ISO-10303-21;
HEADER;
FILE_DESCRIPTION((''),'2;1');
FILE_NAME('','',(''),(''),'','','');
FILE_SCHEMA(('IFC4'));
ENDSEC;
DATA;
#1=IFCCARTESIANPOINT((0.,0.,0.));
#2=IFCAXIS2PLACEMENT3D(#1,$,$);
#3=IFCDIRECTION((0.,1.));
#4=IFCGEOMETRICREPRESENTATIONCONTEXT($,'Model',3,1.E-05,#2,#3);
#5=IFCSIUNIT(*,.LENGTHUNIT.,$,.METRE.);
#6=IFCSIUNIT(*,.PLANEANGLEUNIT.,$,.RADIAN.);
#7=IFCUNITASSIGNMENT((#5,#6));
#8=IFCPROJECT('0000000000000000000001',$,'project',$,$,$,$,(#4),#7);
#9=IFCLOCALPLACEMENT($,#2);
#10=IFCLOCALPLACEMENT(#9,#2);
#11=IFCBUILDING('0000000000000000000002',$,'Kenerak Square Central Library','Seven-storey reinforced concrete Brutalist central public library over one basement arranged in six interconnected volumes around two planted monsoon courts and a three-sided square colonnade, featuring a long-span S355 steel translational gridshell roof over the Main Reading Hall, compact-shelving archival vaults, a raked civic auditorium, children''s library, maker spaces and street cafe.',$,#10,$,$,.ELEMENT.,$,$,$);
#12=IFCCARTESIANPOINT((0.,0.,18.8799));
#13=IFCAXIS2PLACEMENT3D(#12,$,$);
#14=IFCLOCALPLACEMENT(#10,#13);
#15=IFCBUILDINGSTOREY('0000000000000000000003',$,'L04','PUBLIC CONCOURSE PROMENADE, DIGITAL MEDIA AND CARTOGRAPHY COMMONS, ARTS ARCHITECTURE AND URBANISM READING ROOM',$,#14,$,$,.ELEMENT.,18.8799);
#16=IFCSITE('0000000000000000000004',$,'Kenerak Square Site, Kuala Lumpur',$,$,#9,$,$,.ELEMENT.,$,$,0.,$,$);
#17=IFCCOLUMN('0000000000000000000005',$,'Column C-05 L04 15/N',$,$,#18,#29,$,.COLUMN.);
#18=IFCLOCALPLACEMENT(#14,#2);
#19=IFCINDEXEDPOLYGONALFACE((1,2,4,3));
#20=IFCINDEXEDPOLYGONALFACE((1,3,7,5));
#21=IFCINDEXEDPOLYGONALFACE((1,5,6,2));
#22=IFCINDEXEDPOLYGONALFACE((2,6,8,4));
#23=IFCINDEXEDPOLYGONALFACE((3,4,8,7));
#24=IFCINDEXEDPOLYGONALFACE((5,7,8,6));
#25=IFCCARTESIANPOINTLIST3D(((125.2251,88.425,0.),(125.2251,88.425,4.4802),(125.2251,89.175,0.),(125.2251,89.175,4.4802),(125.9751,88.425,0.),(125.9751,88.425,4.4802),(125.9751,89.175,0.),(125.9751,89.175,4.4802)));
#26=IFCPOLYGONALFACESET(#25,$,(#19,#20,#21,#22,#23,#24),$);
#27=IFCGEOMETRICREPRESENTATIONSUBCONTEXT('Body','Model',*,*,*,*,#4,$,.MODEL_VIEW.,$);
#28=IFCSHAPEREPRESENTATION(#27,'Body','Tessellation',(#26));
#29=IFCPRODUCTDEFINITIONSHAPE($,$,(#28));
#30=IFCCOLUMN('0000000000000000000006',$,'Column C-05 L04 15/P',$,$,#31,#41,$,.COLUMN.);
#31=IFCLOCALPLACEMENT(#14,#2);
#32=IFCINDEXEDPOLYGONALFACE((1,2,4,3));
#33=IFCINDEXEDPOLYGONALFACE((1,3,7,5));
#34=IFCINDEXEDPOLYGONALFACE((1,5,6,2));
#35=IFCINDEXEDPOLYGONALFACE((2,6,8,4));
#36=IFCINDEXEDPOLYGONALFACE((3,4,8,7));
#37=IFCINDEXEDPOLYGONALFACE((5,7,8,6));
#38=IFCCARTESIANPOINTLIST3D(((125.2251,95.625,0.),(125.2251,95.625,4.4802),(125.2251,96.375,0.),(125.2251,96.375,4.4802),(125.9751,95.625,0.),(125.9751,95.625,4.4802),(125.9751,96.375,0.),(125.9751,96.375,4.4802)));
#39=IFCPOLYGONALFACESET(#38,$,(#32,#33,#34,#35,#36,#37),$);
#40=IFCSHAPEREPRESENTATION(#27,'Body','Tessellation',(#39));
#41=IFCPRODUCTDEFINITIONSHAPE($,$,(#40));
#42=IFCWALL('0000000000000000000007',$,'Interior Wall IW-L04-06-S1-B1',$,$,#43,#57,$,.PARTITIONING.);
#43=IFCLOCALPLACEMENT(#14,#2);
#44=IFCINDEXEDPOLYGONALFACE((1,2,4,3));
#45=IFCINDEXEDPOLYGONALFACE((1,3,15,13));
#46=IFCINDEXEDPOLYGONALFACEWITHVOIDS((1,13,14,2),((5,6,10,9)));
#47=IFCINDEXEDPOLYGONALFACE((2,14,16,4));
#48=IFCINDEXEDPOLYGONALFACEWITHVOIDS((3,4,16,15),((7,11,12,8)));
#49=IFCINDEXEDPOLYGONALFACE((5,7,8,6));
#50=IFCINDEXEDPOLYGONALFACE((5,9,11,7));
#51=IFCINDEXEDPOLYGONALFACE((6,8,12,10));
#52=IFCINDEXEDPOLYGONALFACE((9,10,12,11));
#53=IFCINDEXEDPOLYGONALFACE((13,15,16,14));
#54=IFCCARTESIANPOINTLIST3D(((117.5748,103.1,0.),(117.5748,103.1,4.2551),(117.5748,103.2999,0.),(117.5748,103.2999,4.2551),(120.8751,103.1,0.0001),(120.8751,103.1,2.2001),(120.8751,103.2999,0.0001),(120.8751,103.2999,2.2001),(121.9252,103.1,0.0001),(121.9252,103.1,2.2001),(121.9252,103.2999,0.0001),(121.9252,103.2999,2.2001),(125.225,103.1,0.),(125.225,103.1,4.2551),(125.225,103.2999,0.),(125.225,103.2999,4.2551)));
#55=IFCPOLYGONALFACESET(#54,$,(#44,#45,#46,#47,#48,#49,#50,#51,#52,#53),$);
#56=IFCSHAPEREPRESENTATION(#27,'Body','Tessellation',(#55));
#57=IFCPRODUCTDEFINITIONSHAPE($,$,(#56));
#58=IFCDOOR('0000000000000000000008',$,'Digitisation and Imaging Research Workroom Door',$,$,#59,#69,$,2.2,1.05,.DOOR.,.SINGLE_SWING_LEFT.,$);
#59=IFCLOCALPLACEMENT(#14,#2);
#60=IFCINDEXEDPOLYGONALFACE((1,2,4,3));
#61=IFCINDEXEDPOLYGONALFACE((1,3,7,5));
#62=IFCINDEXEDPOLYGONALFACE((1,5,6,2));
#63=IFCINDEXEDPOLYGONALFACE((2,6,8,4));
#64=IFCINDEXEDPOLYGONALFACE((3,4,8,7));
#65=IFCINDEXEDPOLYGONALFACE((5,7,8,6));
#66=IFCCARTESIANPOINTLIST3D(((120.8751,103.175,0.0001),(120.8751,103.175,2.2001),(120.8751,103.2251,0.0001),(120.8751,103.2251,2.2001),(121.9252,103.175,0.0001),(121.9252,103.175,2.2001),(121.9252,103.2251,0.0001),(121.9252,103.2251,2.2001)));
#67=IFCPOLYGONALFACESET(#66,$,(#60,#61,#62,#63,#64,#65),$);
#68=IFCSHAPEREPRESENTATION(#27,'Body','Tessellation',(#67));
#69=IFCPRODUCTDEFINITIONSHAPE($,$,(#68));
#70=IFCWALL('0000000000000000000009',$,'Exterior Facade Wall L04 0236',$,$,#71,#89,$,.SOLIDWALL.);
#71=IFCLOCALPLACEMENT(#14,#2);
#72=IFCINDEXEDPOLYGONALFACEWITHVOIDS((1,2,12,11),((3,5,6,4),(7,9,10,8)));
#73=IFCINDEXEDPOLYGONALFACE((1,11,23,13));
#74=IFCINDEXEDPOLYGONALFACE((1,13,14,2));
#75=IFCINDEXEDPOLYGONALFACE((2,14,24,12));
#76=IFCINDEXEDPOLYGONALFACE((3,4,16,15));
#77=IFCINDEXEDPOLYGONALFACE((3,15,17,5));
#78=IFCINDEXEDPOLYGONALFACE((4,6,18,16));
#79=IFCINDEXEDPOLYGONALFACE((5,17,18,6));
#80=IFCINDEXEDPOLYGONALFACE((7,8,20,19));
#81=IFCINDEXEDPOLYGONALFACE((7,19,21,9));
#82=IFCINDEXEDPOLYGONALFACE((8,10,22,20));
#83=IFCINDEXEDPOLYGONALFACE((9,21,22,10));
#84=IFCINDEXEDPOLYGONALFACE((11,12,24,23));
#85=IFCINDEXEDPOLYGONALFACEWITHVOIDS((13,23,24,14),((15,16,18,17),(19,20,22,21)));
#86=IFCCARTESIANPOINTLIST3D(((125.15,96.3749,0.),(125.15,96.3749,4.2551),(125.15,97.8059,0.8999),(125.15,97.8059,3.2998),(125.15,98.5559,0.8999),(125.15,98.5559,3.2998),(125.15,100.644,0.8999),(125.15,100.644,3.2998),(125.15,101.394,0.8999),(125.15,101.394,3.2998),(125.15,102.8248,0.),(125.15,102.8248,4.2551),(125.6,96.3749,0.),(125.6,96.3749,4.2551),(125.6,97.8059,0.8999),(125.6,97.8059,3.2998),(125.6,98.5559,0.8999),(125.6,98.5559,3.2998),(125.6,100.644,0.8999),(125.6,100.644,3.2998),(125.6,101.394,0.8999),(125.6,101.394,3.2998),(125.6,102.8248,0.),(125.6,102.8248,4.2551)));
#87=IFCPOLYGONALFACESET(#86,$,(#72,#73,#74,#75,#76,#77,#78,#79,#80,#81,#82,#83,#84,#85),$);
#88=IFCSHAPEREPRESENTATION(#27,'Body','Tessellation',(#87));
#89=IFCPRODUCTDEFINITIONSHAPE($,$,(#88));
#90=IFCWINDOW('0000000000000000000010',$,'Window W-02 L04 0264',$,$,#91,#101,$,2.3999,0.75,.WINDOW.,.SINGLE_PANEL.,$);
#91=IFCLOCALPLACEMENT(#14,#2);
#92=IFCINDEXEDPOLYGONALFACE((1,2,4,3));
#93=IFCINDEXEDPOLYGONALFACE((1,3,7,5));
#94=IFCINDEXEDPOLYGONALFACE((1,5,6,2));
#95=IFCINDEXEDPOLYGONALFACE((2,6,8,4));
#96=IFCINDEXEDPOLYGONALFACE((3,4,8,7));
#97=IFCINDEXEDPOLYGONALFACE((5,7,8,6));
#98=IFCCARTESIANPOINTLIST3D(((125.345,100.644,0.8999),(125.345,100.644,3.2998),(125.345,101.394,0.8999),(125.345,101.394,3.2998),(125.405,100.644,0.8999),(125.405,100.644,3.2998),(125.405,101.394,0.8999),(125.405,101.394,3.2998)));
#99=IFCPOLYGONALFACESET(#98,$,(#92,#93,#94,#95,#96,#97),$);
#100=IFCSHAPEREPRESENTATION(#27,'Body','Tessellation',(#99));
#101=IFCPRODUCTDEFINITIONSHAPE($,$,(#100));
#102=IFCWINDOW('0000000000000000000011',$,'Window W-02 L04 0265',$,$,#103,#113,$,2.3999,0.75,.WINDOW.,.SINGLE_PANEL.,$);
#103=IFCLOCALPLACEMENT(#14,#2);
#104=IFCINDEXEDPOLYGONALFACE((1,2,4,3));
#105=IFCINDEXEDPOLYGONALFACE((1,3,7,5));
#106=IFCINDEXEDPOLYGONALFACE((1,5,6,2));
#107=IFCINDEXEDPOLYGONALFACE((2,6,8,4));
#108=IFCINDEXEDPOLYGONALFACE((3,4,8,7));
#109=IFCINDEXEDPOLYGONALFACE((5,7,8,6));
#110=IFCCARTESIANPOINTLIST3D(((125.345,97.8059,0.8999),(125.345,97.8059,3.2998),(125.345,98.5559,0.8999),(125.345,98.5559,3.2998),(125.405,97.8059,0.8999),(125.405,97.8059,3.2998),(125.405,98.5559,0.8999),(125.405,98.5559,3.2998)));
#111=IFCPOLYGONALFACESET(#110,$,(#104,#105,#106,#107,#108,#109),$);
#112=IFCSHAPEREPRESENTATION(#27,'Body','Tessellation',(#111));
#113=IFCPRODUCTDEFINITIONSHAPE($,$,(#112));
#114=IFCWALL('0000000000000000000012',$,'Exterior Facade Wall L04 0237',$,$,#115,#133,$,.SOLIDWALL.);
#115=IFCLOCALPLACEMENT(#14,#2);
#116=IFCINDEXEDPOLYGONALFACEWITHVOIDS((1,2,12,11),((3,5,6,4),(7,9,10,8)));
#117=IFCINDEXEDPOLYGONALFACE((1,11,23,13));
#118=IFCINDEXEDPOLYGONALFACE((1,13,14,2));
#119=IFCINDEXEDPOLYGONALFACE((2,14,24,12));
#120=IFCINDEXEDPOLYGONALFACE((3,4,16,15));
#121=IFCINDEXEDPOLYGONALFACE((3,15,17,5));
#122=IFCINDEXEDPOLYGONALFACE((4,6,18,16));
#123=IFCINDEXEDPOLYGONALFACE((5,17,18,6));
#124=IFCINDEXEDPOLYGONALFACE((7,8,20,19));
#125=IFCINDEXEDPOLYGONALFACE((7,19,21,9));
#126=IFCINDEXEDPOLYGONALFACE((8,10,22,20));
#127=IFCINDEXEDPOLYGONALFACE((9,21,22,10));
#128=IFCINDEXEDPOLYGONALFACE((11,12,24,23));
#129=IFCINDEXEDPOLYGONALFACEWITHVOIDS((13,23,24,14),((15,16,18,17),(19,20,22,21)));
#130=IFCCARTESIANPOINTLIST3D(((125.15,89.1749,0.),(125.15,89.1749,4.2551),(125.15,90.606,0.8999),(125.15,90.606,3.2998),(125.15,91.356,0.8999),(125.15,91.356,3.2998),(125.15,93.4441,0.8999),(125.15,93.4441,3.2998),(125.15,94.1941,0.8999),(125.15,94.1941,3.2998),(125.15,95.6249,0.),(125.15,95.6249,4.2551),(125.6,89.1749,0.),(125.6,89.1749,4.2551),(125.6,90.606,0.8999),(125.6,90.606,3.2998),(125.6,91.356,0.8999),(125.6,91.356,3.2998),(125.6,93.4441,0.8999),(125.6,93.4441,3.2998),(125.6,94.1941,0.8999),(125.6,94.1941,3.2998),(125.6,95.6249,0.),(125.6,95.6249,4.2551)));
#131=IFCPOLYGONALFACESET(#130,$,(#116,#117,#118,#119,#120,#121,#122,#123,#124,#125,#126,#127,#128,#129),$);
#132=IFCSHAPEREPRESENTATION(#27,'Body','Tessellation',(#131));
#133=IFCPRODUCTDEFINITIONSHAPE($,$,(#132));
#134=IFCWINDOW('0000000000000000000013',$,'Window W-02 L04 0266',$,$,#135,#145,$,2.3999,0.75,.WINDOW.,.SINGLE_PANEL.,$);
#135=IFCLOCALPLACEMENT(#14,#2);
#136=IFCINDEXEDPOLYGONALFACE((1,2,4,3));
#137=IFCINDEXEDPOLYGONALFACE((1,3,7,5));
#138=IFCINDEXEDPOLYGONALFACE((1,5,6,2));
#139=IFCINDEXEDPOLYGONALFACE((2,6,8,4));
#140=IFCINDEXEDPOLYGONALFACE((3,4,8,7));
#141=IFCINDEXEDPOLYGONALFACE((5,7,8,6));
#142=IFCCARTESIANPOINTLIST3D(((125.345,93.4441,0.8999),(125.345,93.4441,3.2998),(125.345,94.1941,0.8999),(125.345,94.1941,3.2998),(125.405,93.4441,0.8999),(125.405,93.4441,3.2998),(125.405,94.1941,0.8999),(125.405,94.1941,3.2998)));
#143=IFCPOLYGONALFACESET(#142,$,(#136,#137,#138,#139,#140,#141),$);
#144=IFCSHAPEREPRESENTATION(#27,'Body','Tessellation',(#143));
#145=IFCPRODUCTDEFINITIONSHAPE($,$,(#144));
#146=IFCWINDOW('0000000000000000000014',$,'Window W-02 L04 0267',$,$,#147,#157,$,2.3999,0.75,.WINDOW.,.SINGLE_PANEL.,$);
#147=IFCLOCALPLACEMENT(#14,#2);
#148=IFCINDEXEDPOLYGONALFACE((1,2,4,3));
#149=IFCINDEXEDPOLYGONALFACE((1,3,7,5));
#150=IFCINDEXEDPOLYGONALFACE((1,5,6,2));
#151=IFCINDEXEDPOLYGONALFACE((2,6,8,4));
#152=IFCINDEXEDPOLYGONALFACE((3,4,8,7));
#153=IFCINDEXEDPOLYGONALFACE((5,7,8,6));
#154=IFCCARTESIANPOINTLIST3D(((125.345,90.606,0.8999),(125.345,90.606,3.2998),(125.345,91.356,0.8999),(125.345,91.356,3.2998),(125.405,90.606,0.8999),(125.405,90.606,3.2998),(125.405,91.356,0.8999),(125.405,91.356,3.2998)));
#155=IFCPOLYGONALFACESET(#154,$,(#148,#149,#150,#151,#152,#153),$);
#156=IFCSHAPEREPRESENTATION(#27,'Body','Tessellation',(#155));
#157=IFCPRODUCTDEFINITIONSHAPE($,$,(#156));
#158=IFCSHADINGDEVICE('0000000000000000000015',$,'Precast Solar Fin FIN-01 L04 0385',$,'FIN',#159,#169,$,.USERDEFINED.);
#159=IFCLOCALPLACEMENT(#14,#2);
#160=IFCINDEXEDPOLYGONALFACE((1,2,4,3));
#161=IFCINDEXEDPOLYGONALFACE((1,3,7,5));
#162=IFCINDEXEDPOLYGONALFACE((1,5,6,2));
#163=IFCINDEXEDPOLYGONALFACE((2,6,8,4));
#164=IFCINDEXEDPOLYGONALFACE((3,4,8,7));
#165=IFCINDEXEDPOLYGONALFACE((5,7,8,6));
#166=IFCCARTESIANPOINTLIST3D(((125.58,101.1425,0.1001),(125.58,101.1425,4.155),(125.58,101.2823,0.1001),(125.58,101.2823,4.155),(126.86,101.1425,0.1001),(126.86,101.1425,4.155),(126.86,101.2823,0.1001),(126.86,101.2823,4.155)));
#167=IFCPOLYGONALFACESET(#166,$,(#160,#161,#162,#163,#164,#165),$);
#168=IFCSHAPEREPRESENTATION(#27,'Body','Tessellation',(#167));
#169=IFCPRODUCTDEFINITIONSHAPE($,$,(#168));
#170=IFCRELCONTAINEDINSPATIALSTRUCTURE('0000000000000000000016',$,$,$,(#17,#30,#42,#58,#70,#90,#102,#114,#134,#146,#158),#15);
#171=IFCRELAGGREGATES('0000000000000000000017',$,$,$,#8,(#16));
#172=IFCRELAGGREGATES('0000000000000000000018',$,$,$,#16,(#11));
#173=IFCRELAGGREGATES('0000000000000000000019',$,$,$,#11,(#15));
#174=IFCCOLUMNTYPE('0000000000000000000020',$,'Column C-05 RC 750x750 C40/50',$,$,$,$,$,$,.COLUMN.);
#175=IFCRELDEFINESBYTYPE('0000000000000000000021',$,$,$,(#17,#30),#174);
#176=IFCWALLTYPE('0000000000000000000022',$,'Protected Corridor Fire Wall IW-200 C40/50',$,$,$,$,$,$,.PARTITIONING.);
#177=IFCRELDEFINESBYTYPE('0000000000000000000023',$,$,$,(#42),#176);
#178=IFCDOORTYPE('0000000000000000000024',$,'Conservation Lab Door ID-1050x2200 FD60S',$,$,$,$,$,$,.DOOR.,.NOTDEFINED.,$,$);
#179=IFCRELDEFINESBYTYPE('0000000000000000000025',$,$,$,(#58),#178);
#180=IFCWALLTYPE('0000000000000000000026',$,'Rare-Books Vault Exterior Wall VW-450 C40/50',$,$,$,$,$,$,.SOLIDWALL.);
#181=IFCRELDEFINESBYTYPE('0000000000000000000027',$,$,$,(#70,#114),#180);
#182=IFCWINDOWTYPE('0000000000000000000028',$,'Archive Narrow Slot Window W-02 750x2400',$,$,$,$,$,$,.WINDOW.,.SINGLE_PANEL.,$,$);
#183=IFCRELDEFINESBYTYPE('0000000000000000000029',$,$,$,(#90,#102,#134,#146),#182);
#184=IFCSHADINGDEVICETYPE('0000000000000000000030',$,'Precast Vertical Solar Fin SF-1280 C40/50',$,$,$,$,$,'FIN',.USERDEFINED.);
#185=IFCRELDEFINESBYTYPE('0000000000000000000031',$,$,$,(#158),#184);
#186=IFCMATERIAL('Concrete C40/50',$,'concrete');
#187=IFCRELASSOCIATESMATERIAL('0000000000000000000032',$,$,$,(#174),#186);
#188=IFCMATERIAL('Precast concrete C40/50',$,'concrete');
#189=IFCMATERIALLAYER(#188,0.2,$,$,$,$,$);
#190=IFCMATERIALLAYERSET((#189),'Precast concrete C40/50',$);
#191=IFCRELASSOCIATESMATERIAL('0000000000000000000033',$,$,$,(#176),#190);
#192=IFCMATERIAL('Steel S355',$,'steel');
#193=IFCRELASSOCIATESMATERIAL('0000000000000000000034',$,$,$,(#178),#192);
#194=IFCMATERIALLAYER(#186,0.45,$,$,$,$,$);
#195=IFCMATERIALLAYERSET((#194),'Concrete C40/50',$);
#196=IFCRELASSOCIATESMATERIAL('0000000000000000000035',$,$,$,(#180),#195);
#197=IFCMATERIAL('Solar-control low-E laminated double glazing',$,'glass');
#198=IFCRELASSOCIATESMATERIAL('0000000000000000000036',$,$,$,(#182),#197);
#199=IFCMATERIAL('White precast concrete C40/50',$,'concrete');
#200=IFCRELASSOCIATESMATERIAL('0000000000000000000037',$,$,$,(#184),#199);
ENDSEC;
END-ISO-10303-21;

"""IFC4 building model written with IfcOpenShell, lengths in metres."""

from ifc_helpers import new_model, si_unit, direction, frame, frame_2d, origin, origin_2d, place, context, subcontext, project, spatial, rectangle, extrude, material, layer, layer_set, material_profile, profile_set, type_object, element, fill, save


model = new_model("IFC4")

# Units and contexts
model_context = context("Model", 3, precision=1e-05, world=origin(), true_north=direction((0.0, 1.0)))
body_context = subcontext(model_context, "Body", "Model", "MODEL_VIEW")
ifc_project = project(units=[si_unit("LENGTHUNIT", "METRE"), si_unit("PLANEANGLEUNIT", "RADIAN")], contexts=[model_context])

# Site, building, storey
site_placement = place(None, origin())
site = spatial("IfcSite", under=ifc_project, at=site_placement, Name="Kenerak Square Site, Kuala Lumpur", CompositionType="ELEMENT", RefElevation=0.0)
building_placement = place(site_placement, origin())
building = spatial("IfcBuilding", under=site, at=building_placement, Name="Kenerak Square Central Library", Description="Seven-storey reinforced concrete Brutalist central public library over one basement arranged in six interconnected volumes around two planted monsoon courts and a three-sided square colonnade, featuring a long-span S355 steel translational gridshell roof over the Main Reading Hall, compact-shelving archival vaults, a raked civic auditorium, children's library, maker spaces and street cafe.", CompositionType="ELEMENT")
storey_placement = place(building_placement, frame((0.0, 0.0, 18.8799)))
storey = spatial("IfcBuildingStorey", under=building, at=storey_placement, Name="L04", Description="PUBLIC CONCOURSE PROMENADE, DIGITAL MEDIA AND CARTOGRAPHY COMMONS, ARTS ARCHITECTURE AND URBANISM READING ROOM", CompositionType="ELEMENT", Elevation=18.8799)

# Columns
ifc_material_1 = material(Name="Concrete C40/50", Category="concrete")
ifc_material_profile = material_profile(ifc_material_1, rectangle(XDim=0.75, YDim=0.75, at=origin_2d()), Name="RC 750x750")
ifc_profile_set = profile_set([ifc_material_profile], Name="Concrete C40/50")
column_type = type_object("IfcColumnType", Name="Column C-05 RC 750x750 C40/50", PredefinedType="COLUMN", material=ifc_profile_set)
for number, where, z_axis, x_axis, name in (
    (1, (125.6001, 88.8, 0.0), (0.0, 0.0, 1.0), (1.0, 0.0, 0.0), "Column C-05 L04 15/N"),
    (2, (125.6001, 96.0, 0.0), (0.0, 0.0, 1.0), (1.0, 0.0, 0.0), "Column C-05 L04 15/P"),
):
    element("IfcColumn", number, at=place(storey_placement, frame(where, z_axis=z_axis, x_axis=x_axis)), inside=storey, type_object=column_type, Name=name, PredefinedType="COLUMN", context=body_context, shape_type="SweptSolid", body=[
        extrude(rectangle(XDim=0.75, YDim=0.75, at=origin_2d()), origin(), (0.0, 0.0, 1.0), 4.4802),
    ])

# Wall, opening, door
ifc_material_2 = material(Name="Precast concrete C40/50", Category="concrete")
ifc_layer_1 = layer(ifc_material_2, 0.2)
ifc_layer_set_1 = layer_set([ifc_layer_1], Name="Precast concrete C40/50")
wall_type_1 = type_object("IfcWallType", Name="Protected Corridor Fire Wall IW-200 C40/50", PredefinedType="PARTITIONING", material=ifc_layer_set_1)
wall_1_placement = place(storey_placement, frame((125.2251, 103.2, 0.0), z_axis=(0.0, 0.0, 1.0), x_axis=(-1.0, 0.0, 0.0)))
wall_1 = element("IfcWall", 3, at=wall_1_placement, inside=storey, type_object=wall_type_1, Name="Interior Wall IW-L04-06-S1-B1", PredefinedType="PARTITIONING", context=body_context, shape_type="SweptSolid", body=[
    extrude(rectangle(XDim=7.6501, YDim=0.2, at=frame_2d((3.8252, 0.0))), origin(), (0.0, 0.0, 1.0), 4.2551),
])
opening_1_placement = place(wall_1_placement, frame((3.3, 0.0, 0.0)))
opening_1 = element("IfcOpeningElement", 4, at=opening_1_placement, cuts=wall_1, PredefinedType="OPENING", context=body_context, shape_type="SweptSolid", body=[
    extrude(rectangle(XDim=1.05, YDim=2.2, at=frame_2d((0.5249, 1.1001))), frame((0.0, 0.1099, 0.0), z_axis=(0.0, -1.0, 0.0), x_axis=(1.0, 0.0, 0.0)), (0.0, 0.0, 1.0), 0.22),
])
ifc_material_3 = material(Name="Steel S355", Category="steel")
door_type = type_object("IfcDoorType", Name="Conservation Lab Door ID-1050x2200 FD60S", OperationType="NOTDEFINED", PredefinedType="DOOR", material=ifc_material_3)
door_placement = place(opening_1_placement, origin())
door = element("IfcDoor", 5, at=door_placement, inside=storey, type_object=door_type, Name="Digitisation and Imaging Research Workroom Door", OperationType="SINGLE_SWING_LEFT", OverallHeight=2.2, OverallWidth=1.05, PredefinedType="DOOR", context=body_context, shape_type="SweptSolid", body=[
    extrude(rectangle(XDim=1.05, YDim=2.2, at=frame_2d((0.5249, 1.1001))), frame((0.0, 0.0249, 0.0), z_axis=(0.0, -1.0, 0.0), x_axis=(1.0, 0.0, 0.0)), (0.0, 0.0, 1.0), 0.05),
])
fill(opening_1, door)

# Walls, openings, windows
ifc_layer_2 = layer(ifc_material_1, 0.45)
ifc_layer_set_2 = layer_set([ifc_layer_2], Name="Concrete C40/50")
wall_type_2 = type_object("IfcWallType", Name="Rare-Books Vault Exterior Wall VW-450 C40/50", PredefinedType="SOLIDWALL", material=ifc_layer_set_2)
wall_2_placement = place(storey_placement, frame((125.375, 102.825, 0.0), z_axis=(0.0, 0.0, 1.0), x_axis=(0.0, -1.0, 0.0)))
wall_2 = element("IfcWall", 6, at=wall_2_placement, inside=storey, type_object=wall_type_2, Name="Exterior Facade Wall L04 0236", PredefinedType="SOLIDWALL", context=body_context, shape_type="SweptSolid", body=[
    extrude(rectangle(XDim=6.45, YDim=0.45, at=frame_2d((3.2251, 0.0))), origin(), (0.0, 0.0, 1.0), 4.2551),
])
opening_2_placement = place(wall_2_placement, frame((1.4309, 0.0, 0.8999)))
opening_2 = element("IfcOpeningElement", 7, at=opening_2_placement, cuts=wall_2, PredefinedType="OPENING", context=body_context, shape_type="SweptSolid", body=[
    extrude(rectangle(XDim=0.75, YDim=2.3999, at=frame_2d((0.375, 1.2))), frame((0.0, 0.2349, 0.0), z_axis=(0.0, -1.0, 0.0), x_axis=(1.0, 0.0, 0.0)), (0.0, 0.0, 1.0), 0.47),
])
opening_3_placement = place(wall_2_placement, frame((4.269, 0.0, 0.8999)))
opening_3 = element("IfcOpeningElement", 8, at=opening_3_placement, cuts=wall_2, PredefinedType="OPENING", context=body_context, shape_type="SweptSolid", body=[
    extrude(rectangle(XDim=0.75, YDim=2.3999, at=frame_2d((0.375, 1.2))), frame((0.0, 0.2349, 0.0), z_axis=(0.0, -1.0, 0.0), x_axis=(1.0, 0.0, 0.0)), (0.0, 0.0, 1.0), 0.47),
])
ifc_material_4 = material(Name="Solar-control low-E laminated double glazing", Category="glass")
window_type = type_object("IfcWindowType", Name="Archive Narrow Slot Window W-02 750x2400", PartitioningType="SINGLE_PANEL", PredefinedType="WINDOW", material=ifc_material_4)
window_1_placement = place(opening_2_placement, origin())
window_1 = element("IfcWindow", 9, at=window_1_placement, inside=storey, type_object=window_type, Name="Window W-02 L04 0264", OverallHeight=2.3999, OverallWidth=0.75, PartitioningType="SINGLE_PANEL", PredefinedType="WINDOW", context=body_context, shape_type="SweptSolid", body=[
    extrude(rectangle(XDim=0.75, YDim=2.3999, at=frame_2d((0.375, 1.2))), frame((0.0, 0.03, 0.0), z_axis=(0.0, -1.0, 0.0), x_axis=(1.0, 0.0, 0.0)), (0.0, 0.0, 1.0), 0.0601),
])
fill(opening_2, window_1)
window_2_placement = place(opening_3_placement, origin())
window_2 = element("IfcWindow", 10, at=window_2_placement, inside=storey, type_object=window_type, Name="Window W-02 L04 0265", OverallHeight=2.3999, OverallWidth=0.75, PartitioningType="SINGLE_PANEL", PredefinedType="WINDOW", context=body_context, shape_type="SweptSolid", body=[
    extrude(rectangle(XDim=0.75, YDim=2.3999, at=frame_2d((0.375, 1.2))), frame((0.0, 0.03, 0.0), z_axis=(0.0, -1.0, 0.0), x_axis=(1.0, 0.0, 0.0)), (0.0, 0.0, 1.0), 0.0601),
])
fill(opening_3, window_2)
wall_3_placement = place(storey_placement, frame((125.375, 95.625, 0.0), z_axis=(0.0, 0.0, 1.0), x_axis=(0.0, -1.0, 0.0)))
wall_3 = element("IfcWall", 11, at=wall_3_placement, inside=storey, type_object=wall_type_2, Name="Exterior Facade Wall L04 0237", PredefinedType="SOLIDWALL", context=body_context, shape_type="SweptSolid", body=[
    extrude(rectangle(XDim=6.45, YDim=0.45, at=frame_2d((3.2251, 0.0))), origin(), (0.0, 0.0, 1.0), 4.2551),
])
opening_4_placement = place(wall_3_placement, frame((1.4309, 0.0, 0.8999)))
opening_4 = element("IfcOpeningElement", 12, at=opening_4_placement, cuts=wall_3, PredefinedType="OPENING", context=body_context, shape_type="SweptSolid", body=[
    extrude(rectangle(XDim=0.75, YDim=2.3999, at=frame_2d((0.375, 1.2))), frame((0.0, 0.2349, 0.0), z_axis=(0.0, -1.0, 0.0), x_axis=(1.0, 0.0, 0.0)), (0.0, 0.0, 1.0), 0.47),
])
opening_5_placement = place(wall_3_placement, frame((4.269, 0.0, 0.8999)))
opening_5 = element("IfcOpeningElement", 13, at=opening_5_placement, cuts=wall_3, PredefinedType="OPENING", context=body_context, shape_type="SweptSolid", body=[
    extrude(rectangle(XDim=0.75, YDim=2.3999, at=frame_2d((0.375, 1.2))), frame((0.0, 0.2349, 0.0), z_axis=(0.0, -1.0, 0.0), x_axis=(1.0, 0.0, 0.0)), (0.0, 0.0, 1.0), 0.47),
])
window_3_placement = place(opening_4_placement, origin())
window_3 = element("IfcWindow", 14, at=window_3_placement, inside=storey, type_object=window_type, Name="Window W-02 L04 0266", OverallHeight=2.3999, OverallWidth=0.75, PartitioningType="SINGLE_PANEL", PredefinedType="WINDOW", context=body_context, shape_type="SweptSolid", body=[
    extrude(rectangle(XDim=0.75, YDim=2.3999, at=frame_2d((0.375, 1.2))), frame((0.0, 0.03, 0.0), z_axis=(0.0, -1.0, 0.0), x_axis=(1.0, 0.0, 0.0)), (0.0, 0.0, 1.0), 0.0601),
])
fill(opening_4, window_3)
window_4_placement = place(opening_5_placement, origin())
window_4 = element("IfcWindow", 15, at=window_4_placement, inside=storey, type_object=window_type, Name="Window W-02 L04 0267", OverallHeight=2.3999, OverallWidth=0.75, PartitioningType="SINGLE_PANEL", PredefinedType="WINDOW", context=body_context, shape_type="SweptSolid", body=[
    extrude(rectangle(XDim=0.75, YDim=2.3999, at=frame_2d((0.375, 1.2))), frame((0.0, 0.03, 0.0), z_axis=(0.0, -1.0, 0.0), x_axis=(1.0, 0.0, 0.0)), (0.0, 0.0, 1.0), 0.0601),
])
fill(opening_5, window_4)

# Shading device
ifc_material_5 = material(Name="White precast concrete C40/50", Category="concrete")
shading_device_type = type_object("IfcShadingDeviceType", Name="Precast Vertical Solar Fin SF-1280 C40/50", ElementType="FIN", PredefinedType="USERDEFINED", material=ifc_material_5)
for number, where, z_axis, x_axis, name in (
    (16, (126.22, 101.2124, 0.1001), (0.0, 0.0, 1.0), (0.0, -1.0, 0.0), "Precast Solar Fin FIN-01 L04 0385"),
):
    element("IfcShadingDevice", number, at=place(storey_placement, frame(where, z_axis=z_axis, x_axis=x_axis)), inside=storey, type_object=shading_device_type, Name=name, ObjectType="FIN", PredefinedType="USERDEFINED", context=body_context, shape_type="SweptSolid", body=[
        extrude(rectangle(XDim=0.1399, YDim=1.28, at=origin_2d()), origin(), (0.0, 0.0, 1.0), 4.0549),
    ])

save(model, "model.ifc")
